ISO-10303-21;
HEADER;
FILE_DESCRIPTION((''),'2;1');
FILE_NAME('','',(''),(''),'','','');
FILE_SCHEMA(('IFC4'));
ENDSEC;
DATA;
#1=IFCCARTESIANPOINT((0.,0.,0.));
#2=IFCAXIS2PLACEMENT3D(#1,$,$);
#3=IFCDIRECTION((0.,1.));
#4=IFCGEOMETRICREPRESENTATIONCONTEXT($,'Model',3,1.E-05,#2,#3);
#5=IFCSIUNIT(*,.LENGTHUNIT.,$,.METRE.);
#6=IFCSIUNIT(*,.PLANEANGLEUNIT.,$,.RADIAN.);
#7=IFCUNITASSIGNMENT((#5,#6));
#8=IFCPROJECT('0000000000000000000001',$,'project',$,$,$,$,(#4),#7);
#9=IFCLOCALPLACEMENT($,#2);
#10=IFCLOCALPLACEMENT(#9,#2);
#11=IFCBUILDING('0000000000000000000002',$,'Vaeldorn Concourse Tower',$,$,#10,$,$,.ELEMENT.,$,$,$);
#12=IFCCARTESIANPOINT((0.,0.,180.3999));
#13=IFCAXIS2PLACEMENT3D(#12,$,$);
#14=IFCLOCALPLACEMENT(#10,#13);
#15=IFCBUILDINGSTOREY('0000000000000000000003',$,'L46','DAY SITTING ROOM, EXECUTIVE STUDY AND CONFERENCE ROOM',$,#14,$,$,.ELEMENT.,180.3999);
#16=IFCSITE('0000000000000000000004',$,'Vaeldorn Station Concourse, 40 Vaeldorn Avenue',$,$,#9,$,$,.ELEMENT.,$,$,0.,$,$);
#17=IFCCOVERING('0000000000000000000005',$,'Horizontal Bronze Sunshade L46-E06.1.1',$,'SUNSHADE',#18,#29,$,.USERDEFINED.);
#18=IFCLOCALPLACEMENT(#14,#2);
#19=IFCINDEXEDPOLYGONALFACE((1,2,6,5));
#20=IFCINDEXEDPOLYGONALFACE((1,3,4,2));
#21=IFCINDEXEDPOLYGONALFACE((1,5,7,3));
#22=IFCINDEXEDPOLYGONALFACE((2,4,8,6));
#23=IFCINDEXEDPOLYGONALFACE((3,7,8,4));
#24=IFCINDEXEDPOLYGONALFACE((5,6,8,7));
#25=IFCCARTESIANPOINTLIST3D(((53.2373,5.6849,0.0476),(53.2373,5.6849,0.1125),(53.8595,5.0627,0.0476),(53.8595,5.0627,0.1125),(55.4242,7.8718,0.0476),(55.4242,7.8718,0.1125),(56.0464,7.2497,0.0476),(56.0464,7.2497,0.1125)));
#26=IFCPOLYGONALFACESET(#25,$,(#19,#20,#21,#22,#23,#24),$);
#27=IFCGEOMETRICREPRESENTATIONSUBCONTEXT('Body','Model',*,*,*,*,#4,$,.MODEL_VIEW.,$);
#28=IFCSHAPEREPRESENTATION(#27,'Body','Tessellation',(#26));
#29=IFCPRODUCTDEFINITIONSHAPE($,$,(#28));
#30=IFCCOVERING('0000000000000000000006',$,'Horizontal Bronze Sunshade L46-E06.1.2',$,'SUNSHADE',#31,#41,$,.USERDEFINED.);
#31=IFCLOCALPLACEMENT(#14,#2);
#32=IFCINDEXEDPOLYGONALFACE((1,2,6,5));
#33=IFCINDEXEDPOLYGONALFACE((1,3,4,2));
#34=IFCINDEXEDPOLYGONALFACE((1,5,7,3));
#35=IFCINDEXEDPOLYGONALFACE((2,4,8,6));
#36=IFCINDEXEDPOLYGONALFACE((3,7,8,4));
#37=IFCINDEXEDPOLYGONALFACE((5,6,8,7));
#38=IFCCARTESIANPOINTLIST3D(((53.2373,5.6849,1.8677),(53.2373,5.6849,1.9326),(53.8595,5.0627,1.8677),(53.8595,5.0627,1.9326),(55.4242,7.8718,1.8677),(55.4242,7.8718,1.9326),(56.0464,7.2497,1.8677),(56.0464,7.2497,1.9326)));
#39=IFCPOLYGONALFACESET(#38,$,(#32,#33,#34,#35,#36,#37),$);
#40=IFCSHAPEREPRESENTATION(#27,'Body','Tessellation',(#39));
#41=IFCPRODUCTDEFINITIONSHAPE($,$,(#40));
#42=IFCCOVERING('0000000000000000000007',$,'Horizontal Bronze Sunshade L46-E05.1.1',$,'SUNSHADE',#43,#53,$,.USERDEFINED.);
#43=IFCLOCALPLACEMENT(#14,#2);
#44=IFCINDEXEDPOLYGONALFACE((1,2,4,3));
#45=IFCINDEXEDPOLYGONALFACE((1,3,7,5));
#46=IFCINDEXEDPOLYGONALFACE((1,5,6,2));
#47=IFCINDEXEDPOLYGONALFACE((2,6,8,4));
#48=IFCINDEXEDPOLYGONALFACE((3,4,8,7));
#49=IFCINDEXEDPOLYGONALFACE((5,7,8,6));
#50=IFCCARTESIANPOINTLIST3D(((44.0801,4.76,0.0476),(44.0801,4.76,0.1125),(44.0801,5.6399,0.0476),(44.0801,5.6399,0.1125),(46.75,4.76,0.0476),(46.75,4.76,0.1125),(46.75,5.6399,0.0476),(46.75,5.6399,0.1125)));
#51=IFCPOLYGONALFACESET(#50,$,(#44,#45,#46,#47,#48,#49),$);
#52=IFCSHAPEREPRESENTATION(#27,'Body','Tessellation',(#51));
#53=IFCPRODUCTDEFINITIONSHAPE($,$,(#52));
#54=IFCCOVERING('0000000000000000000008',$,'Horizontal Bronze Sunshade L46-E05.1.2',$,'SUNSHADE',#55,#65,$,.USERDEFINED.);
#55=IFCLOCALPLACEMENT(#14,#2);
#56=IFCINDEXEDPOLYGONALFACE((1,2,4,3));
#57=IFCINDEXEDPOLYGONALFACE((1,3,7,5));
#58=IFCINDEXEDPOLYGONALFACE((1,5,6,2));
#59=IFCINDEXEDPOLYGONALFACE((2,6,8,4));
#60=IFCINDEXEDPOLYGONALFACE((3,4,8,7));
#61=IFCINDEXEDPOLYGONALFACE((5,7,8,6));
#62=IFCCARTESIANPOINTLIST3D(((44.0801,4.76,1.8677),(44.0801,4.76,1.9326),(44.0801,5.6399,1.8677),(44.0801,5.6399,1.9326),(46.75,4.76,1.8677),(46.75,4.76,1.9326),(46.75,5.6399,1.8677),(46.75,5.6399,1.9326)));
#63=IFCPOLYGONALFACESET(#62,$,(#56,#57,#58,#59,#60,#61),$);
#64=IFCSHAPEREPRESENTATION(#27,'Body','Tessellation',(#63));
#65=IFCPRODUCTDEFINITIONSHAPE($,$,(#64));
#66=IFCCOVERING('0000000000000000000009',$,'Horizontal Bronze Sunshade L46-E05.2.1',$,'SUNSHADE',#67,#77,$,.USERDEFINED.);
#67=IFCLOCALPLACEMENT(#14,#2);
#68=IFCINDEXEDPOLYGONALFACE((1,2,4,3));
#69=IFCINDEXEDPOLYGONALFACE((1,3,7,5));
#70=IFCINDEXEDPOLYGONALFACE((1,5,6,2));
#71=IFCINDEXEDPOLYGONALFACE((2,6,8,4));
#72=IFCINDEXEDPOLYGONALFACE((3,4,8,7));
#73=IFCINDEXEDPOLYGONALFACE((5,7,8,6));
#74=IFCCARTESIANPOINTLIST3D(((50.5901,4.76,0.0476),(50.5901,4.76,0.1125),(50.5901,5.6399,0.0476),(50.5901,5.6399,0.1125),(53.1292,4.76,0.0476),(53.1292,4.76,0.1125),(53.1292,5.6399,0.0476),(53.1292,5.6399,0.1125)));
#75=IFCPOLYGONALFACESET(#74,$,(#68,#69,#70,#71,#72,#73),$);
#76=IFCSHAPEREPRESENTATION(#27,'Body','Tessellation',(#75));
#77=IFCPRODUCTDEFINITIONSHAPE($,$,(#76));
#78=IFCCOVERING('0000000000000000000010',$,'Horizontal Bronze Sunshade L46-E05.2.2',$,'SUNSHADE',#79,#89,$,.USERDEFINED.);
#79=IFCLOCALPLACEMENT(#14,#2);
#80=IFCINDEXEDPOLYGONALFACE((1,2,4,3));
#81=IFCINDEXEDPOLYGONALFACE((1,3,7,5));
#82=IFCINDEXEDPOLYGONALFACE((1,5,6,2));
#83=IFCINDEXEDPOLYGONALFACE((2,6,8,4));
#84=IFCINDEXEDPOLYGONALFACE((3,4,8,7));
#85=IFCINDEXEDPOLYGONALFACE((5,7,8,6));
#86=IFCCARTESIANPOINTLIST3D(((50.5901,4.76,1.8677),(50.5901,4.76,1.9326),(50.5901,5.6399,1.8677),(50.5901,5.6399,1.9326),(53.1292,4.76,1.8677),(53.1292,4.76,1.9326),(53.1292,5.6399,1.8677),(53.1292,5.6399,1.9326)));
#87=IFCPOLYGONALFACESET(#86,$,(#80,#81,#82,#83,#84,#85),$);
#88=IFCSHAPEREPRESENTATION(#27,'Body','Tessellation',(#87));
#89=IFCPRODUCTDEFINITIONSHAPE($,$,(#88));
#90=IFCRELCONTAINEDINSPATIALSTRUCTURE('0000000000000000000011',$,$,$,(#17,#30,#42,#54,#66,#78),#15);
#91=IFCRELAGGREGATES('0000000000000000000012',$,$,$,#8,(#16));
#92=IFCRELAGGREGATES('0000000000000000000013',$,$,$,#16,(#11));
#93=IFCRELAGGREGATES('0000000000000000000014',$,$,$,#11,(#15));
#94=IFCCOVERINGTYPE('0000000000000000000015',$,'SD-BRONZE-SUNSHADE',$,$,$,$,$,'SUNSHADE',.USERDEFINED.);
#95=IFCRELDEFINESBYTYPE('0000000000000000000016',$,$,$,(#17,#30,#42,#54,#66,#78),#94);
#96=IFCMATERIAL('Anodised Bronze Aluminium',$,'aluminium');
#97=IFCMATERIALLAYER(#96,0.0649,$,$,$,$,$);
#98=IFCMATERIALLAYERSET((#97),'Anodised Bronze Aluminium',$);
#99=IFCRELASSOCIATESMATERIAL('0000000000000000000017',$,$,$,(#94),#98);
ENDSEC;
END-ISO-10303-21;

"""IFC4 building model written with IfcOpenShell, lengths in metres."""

from ifc_helpers import new_model, si_unit, direction, frame, origin, origin_2d, place, context, subcontext, project, spatial, rectangle, extrude, source, transform, mapped, material, layer, layer_set, type_object, element, save


model = new_model("IFC4")

# Units and contexts
model_context = context("Model", 3, precision=1e-05, world=origin(), true_north=direction((0.0, 1.0)))
body_context = subcontext(model_context, "Body", "Model", "MODEL_VIEW")
ifc_project = project(units=[si_unit("LENGTHUNIT", "METRE"), si_unit("PLANEANGLEUNIT", "RADIAN")], contexts=[model_context])

# Site, building, storey
site_placement = place(None, origin())
site = spatial("IfcSite", under=ifc_project, at=site_placement, Name="Vaeldorn Station Concourse, 40 Vaeldorn Avenue", CompositionType="ELEMENT", RefElevation=0.0)
building_placement = place(site_placement, origin())
building = spatial("IfcBuilding", under=site, at=building_placement, Name="Vaeldorn Concourse Tower", CompositionType="ELEMENT")
storey_placement = place(building_placement, frame((0.0, 0.0, 180.3999)))
storey = spatial("IfcBuildingStorey", under=building, at=storey_placement, Name="L46", Description="DAY SITTING ROOM, EXECUTIVE STUDY AND CONFERENCE ROOM", CompositionType="ELEMENT", Elevation=180.3999)

# Shared definitions
ifc_material_1 = material(Name="Anodised Bronze Aluminium", Category="aluminium")

# Coverings
ifc_layer_1 = layer(ifc_material_1, 0.0649)
ifc_layer_set_1 = layer_set([ifc_layer_1], Name="Anodised Bronze Aluminium")
covering_type = type_object("IfcCoveringType", Name="SD-BRONZE-SUNSHADE", ElementType="SUNSHADE", PredefinedType="USERDEFINED", material=ifc_layer_set_1)
shared_shape_1 = source(origin(), body_context, "Body", "SweptSolid", [
    extrude(rectangle(XDim=3.0928, YDim=0.8799, at=origin_2d()), origin(), (0.0, 0.0, 1.0), 0.0649),
])
for number, where, z_axis, x_axis, name in (
    (1, (54.6418, 6.4673, 0.0476), (0.0, 0.0, 1.0), (0.707107, 0.707107, 0.0), "Horizontal Bronze Sunshade L46-E06.1.1"),
    (2, (54.6418, 6.4673, 1.8677), (0.0, 0.0, 1.0), (0.707107, 0.707107, 0.0), "Horizontal Bronze Sunshade L46-E06.1.2"),
):
    element("IfcCovering", number, at=place(storey_placement, frame(where, z_axis=z_axis, x_axis=x_axis)), inside=storey, type_object=covering_type, Name=name, ObjectType="SUNSHADE", PredefinedType="USERDEFINED", context=body_context, shape_type="MappedRepresentation", body=[
        mapped(shared_shape_1, transform((0.0, 0.0, 0.0), scale=1.0)),
    ])
shared_shape_2 = source(origin(), body_context, "Body", "SweptSolid", [
    extrude(rectangle(XDim=2.6699, YDim=0.8799, at=origin_2d()), origin(), (0.0, 0.0, 1.0), 0.0649),
])
for number, where, z_axis, x_axis, name in (
    (3, (45.415, 5.2, 0.0476), (0.0, 0.0, 1.0), (1.0, 0.0, 0.0), "Horizontal Bronze Sunshade L46-E05.1.1"),
    (4, (45.415, 5.2, 1.8677), (0.0, 0.0, 1.0), (1.0, 0.0, 0.0), "Horizontal Bronze Sunshade L46-E05.1.2"),
):
    element("IfcCovering", number, at=place(storey_placement, frame(where, z_axis=z_axis, x_axis=x_axis)), inside=storey, type_object=covering_type, Name=name, ObjectType="SUNSHADE", PredefinedType="USERDEFINED", context=body_context, shape_type="MappedRepresentation", body=[
        mapped(shared_shape_2, transform((0.0, 0.0, 0.0), scale=1.0)),
    ])
shared_shape_3 = source(origin(), body_context, "Body", "SweptSolid", [
    extrude(rectangle(XDim=2.5391, YDim=0.8799, at=origin_2d()), origin(), (0.0, 0.0, 1.0), 0.0649),
])
for number, where, z_axis, x_axis, name in (
    (5, (51.8596, 5.2, 0.0476), (0.0, 0.0, 1.0), (1.0, 0.0, 0.0), "Horizontal Bronze Sunshade L46-E05.2.1"),
    (6, (51.8596, 5.2, 1.8677), (0.0, 0.0, 1.0), (1.0, 0.0, 0.0), "Horizontal Bronze Sunshade L46-E05.2.2"),
):
    element("IfcCovering", number, at=place(storey_placement, frame(where, z_axis=z_axis, x_axis=x_axis)), inside=storey, type_object=covering_type, Name=name, ObjectType="SUNSHADE", PredefinedType="USERDEFINED", context=body_context, shape_type="MappedRepresentation", body=[
        mapped(shared_shape_3, transform((0.0, 0.0, 0.0), scale=1.0)),
    ])

save(model, "model.ifc")
